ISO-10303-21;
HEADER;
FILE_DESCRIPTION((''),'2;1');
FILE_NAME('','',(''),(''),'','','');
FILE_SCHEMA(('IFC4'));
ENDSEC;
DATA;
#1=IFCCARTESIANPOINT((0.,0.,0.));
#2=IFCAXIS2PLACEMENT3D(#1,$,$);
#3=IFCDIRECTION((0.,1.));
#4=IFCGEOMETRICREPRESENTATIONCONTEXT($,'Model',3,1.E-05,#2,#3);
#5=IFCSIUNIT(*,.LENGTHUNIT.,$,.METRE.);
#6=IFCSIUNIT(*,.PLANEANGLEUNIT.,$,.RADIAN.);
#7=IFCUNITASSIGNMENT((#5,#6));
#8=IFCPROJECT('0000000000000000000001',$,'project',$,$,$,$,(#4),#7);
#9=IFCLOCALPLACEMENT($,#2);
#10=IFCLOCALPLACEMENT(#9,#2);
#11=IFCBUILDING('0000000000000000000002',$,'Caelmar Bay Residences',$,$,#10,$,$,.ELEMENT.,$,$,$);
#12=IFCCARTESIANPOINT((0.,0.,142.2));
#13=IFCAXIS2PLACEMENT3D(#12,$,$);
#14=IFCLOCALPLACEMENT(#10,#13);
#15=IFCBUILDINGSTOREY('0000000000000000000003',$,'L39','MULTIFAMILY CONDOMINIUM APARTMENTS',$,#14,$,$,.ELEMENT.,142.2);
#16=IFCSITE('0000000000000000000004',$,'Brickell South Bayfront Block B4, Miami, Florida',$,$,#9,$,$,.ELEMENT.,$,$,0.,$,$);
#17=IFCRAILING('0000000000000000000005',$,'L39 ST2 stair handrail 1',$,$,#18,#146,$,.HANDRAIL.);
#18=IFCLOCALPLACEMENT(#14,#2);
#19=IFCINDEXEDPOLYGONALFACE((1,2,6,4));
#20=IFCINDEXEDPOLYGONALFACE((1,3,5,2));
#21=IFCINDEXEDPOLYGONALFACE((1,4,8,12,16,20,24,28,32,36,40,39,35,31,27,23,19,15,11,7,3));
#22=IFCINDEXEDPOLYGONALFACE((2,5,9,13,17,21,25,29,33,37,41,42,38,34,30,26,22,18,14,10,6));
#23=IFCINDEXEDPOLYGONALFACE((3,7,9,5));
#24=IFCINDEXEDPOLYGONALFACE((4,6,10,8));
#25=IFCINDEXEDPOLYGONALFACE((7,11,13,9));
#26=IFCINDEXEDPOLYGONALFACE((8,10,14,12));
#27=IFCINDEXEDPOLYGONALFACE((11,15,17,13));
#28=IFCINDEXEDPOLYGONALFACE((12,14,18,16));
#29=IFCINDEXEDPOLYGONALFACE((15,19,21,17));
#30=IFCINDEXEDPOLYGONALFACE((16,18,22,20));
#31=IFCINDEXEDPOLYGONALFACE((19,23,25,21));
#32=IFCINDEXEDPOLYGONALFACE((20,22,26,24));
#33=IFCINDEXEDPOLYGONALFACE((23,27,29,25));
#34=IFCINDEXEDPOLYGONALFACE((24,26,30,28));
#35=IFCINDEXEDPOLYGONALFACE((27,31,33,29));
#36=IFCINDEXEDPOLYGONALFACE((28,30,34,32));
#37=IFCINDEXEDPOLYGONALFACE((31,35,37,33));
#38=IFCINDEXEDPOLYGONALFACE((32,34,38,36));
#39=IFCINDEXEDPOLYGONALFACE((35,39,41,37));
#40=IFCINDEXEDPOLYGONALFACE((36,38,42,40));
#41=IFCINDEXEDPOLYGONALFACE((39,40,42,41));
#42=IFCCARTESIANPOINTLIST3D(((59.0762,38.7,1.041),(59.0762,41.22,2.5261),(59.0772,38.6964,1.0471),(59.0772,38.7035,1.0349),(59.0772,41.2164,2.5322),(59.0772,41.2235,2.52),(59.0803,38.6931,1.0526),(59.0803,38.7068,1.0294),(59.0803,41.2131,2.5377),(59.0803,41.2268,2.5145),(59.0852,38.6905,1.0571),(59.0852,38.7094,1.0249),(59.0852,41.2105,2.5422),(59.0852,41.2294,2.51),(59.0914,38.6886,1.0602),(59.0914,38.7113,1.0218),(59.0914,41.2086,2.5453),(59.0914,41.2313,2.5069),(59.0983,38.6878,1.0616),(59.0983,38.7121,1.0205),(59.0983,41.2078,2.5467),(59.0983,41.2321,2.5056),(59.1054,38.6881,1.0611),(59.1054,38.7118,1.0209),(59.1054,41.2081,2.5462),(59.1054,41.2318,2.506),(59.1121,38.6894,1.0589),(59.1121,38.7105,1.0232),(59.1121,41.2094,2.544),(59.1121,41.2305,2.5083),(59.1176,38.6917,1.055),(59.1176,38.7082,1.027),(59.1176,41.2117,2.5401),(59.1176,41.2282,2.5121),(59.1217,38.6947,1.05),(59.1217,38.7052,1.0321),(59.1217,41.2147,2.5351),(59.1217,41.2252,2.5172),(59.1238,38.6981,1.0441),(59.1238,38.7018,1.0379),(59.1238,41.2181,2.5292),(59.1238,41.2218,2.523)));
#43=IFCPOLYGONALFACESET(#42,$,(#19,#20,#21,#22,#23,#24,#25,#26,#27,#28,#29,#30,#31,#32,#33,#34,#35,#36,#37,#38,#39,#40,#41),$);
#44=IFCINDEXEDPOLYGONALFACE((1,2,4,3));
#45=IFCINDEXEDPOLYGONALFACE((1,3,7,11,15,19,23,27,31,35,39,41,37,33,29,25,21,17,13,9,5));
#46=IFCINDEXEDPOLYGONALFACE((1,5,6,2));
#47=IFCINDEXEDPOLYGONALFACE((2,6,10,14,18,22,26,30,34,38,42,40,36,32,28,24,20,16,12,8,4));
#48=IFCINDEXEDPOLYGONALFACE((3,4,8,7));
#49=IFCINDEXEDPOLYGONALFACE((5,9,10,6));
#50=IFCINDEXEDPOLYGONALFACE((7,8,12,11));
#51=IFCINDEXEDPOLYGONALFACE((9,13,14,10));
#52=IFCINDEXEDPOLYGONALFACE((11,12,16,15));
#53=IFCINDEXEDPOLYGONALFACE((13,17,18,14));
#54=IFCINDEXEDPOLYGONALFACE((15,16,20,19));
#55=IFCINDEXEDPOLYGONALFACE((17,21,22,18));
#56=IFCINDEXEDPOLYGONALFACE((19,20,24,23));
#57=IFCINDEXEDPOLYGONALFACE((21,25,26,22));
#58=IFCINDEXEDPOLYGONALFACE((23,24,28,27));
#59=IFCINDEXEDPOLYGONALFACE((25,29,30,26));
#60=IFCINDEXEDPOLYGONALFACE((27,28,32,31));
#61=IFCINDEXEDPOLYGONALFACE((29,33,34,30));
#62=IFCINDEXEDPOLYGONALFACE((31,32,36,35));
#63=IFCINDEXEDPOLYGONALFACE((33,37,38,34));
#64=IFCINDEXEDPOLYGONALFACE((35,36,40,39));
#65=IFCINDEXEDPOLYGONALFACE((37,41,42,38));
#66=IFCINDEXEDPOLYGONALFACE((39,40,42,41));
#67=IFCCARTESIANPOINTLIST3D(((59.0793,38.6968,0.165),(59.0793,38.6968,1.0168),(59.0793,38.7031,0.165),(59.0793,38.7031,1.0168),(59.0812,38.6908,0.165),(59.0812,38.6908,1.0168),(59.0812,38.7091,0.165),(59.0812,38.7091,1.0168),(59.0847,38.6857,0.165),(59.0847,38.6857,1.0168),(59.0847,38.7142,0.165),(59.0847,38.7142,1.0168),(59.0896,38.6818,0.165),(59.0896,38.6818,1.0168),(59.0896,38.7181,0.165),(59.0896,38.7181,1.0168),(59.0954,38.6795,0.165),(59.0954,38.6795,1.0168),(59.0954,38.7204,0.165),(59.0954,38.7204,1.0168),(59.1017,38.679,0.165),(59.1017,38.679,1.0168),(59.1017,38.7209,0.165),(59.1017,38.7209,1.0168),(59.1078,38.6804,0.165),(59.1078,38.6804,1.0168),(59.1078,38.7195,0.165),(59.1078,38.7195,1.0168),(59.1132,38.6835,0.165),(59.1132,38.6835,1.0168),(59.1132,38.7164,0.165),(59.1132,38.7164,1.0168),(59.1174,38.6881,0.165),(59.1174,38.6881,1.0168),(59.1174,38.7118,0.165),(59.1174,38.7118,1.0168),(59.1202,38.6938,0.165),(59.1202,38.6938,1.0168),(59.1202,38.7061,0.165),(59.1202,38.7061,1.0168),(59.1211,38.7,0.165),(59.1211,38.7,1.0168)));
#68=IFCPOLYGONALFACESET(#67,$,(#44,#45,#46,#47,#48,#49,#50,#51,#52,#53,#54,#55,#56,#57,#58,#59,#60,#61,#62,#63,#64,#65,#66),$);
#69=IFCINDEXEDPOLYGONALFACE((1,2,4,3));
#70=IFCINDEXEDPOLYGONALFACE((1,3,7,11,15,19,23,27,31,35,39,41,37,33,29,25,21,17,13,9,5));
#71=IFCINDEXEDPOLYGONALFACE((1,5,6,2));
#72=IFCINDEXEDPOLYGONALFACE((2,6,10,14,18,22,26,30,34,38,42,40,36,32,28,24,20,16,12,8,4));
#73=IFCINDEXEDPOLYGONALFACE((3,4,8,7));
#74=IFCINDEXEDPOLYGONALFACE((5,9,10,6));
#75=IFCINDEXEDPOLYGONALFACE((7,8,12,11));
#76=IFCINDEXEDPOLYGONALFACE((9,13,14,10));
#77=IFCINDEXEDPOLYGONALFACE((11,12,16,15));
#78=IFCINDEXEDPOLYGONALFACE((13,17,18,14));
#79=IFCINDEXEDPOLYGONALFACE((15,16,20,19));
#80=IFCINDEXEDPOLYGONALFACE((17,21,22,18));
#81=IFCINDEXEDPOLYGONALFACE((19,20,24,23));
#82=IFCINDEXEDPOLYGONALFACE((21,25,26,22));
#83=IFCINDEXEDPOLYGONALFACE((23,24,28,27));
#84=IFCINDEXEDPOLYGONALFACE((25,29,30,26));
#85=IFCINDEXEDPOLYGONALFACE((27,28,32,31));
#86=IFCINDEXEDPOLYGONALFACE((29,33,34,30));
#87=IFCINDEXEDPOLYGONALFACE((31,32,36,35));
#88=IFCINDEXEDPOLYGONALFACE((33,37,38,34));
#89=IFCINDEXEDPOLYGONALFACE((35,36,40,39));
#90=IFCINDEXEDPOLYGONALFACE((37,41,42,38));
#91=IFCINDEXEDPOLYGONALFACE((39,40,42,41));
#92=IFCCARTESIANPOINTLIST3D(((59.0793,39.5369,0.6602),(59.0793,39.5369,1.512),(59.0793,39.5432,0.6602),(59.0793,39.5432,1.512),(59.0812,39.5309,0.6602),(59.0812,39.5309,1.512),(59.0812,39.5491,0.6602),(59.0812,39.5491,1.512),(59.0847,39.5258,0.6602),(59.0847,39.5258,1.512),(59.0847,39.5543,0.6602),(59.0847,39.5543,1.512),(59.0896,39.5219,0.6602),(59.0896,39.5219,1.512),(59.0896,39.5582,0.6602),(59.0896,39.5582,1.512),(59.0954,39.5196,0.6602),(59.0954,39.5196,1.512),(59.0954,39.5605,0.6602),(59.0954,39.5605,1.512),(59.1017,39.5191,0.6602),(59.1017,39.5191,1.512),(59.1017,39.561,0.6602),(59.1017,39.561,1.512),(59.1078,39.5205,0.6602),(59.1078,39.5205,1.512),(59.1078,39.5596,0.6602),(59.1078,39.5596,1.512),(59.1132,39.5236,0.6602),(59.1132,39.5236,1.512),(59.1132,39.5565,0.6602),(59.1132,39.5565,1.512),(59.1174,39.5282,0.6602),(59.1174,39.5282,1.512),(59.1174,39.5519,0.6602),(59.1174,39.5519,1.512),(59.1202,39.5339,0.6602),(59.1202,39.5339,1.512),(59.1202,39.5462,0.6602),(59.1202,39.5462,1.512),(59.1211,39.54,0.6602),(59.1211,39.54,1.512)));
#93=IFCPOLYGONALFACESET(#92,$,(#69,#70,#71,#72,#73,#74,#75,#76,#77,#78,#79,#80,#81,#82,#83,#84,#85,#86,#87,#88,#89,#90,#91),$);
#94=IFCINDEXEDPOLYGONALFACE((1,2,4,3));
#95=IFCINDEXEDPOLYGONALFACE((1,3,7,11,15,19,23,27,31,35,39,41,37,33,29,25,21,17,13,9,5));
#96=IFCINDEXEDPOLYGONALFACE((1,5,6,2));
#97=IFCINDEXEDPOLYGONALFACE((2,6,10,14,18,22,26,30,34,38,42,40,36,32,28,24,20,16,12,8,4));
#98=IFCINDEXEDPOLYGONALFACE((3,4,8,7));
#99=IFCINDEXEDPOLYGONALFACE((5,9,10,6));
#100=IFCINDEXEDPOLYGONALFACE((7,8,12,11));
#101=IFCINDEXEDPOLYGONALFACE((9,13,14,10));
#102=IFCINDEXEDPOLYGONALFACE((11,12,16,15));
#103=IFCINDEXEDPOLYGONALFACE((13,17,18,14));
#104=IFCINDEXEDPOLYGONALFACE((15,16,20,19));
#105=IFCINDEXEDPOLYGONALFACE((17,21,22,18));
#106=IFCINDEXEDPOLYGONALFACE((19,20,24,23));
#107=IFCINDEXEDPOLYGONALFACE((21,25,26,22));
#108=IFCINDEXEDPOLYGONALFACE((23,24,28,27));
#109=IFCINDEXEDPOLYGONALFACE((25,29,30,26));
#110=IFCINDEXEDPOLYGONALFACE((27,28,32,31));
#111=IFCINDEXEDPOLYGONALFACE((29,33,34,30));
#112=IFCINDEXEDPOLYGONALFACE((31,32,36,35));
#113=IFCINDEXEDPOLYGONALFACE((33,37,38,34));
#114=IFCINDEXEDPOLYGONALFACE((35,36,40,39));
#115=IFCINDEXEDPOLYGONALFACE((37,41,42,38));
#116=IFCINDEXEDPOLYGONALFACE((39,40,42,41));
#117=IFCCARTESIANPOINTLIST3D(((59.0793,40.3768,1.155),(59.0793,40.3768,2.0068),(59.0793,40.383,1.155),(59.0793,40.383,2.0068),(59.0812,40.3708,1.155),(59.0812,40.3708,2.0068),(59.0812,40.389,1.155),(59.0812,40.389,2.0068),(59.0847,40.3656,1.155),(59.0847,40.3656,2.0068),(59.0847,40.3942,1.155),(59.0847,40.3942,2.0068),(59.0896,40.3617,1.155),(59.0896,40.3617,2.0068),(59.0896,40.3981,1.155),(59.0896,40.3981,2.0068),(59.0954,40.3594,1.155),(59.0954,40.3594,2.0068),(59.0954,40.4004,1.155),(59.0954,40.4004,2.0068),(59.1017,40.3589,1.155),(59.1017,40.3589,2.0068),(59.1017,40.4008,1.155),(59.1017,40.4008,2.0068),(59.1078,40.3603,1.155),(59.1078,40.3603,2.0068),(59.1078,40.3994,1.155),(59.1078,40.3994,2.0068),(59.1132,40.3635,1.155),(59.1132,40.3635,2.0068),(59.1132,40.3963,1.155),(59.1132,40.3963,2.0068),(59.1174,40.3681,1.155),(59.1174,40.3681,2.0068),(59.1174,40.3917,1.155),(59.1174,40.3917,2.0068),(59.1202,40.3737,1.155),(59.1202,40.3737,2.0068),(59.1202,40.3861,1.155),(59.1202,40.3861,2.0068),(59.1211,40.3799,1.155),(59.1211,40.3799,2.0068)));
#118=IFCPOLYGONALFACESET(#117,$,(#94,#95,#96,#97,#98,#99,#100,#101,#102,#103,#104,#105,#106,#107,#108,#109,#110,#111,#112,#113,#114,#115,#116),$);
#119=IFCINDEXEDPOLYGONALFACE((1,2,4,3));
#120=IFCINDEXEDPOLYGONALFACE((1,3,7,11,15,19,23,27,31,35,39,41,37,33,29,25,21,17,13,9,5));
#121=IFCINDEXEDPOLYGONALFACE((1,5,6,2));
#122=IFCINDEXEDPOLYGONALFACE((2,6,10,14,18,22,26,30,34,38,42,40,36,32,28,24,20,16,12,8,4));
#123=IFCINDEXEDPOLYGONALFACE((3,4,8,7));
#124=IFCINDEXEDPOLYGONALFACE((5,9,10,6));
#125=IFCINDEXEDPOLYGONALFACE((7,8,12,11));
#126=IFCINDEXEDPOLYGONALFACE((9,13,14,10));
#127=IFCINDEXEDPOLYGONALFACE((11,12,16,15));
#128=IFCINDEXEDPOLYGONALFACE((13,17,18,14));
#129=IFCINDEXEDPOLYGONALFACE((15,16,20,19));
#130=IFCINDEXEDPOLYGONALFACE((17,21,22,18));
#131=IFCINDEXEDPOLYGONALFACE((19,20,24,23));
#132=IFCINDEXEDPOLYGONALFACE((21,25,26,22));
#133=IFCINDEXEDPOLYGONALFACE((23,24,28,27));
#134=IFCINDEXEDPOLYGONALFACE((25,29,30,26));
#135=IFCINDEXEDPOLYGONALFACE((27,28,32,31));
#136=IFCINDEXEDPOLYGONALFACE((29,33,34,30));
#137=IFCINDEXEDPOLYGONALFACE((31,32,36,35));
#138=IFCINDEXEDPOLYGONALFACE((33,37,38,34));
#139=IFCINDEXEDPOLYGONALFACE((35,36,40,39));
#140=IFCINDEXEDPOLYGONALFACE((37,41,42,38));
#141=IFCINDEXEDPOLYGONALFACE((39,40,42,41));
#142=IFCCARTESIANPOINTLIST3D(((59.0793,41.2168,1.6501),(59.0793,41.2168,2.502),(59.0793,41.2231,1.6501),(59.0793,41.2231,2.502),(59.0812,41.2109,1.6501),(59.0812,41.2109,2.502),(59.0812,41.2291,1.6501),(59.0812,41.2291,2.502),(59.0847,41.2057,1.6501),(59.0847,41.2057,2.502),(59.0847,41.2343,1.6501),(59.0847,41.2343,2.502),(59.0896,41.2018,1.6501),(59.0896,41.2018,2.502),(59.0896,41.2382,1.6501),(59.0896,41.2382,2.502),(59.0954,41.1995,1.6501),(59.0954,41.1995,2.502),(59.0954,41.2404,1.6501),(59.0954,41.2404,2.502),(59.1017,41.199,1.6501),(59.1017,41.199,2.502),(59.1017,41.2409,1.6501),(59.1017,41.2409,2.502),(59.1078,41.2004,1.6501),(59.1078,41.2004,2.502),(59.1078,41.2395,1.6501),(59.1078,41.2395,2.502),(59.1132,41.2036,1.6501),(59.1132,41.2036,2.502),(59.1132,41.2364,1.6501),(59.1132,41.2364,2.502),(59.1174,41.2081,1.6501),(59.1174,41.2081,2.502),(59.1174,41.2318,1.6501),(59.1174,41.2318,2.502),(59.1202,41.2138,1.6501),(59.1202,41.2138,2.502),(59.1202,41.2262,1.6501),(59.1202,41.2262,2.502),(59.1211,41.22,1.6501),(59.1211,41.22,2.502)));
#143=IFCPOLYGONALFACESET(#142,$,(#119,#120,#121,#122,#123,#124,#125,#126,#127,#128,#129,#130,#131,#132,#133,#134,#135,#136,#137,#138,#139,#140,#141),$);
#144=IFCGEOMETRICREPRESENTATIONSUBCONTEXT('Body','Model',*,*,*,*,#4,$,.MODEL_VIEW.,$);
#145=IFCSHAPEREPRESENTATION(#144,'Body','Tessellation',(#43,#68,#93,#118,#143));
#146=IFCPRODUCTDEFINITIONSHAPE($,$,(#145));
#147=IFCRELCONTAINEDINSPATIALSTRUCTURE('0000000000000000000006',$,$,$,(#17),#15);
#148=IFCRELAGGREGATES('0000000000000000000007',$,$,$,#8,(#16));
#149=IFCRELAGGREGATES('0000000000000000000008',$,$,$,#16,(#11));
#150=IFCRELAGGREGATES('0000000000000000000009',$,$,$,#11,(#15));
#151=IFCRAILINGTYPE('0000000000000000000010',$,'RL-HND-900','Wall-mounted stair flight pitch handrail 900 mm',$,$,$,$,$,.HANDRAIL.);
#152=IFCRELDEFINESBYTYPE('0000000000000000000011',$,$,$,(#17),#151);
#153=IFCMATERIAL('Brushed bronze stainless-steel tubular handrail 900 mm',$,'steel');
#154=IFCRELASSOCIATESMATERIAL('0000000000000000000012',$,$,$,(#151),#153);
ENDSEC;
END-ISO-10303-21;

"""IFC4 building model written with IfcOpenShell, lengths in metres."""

from ifc_helpers import new_model, si_unit, direction, frame, origin, origin_2d, place, context, subcontext, project, spatial, circle, extrude, material, type_object, element, save


model = new_model("IFC4")

# Units and contexts
model_context = context("Model", 3, precision=1e-05, world=origin(), true_north=direction((0.0, 1.0)))
body_context = subcontext(model_context, "Body", "Model", "MODEL_VIEW")
ifc_project = project(units=[si_unit("LENGTHUNIT", "METRE"), si_unit("PLANEANGLEUNIT", "RADIAN")], contexts=[model_context])

# Site, building, storey
site_placement = place(None, origin())
site = spatial("IfcSite", under=ifc_project, at=site_placement, Name="Brickell South Bayfront Block B4, Miami, Florida", CompositionType="ELEMENT", RefElevation=0.0)
building_placement = place(site_placement, origin())
building = spatial("IfcBuilding", under=site, at=building_placement, Name="Caelmar Bay Residences", CompositionType="ELEMENT")
storey_placement = place(building_placement, frame((0.0, 0.0, 142.2)))
storey = spatial("IfcBuildingStorey", under=building, at=storey_placement, Name="L39", Description="MULTIFAMILY CONDOMINIUM APARTMENTS", CompositionType="ELEMENT", Elevation=142.2)

# Railing
ifc_material_1 = material(Name="Brushed bronze stainless-steel tubular handrail 900 mm", Category="steel")
railing_type_1 = type_object("IfcRailingType", Name="RL-HND-900", Description="Wall-mounted stair flight pitch handrail 900 mm", PredefinedType="HANDRAIL", material=ifc_material_1)
railing_1_placement = place(storey_placement, frame((59.1001, 38.7, 0.165)))
element("IfcRailing", 1, at=railing_1_placement, inside=storey, type_object=railing_type_1, Name="L39 ST2 stair handrail 1", PredefinedType="HANDRAIL", context=body_context, shape_type="SweptSolid", body=[
    extrude(circle(Radius=0.0239, at=origin_2d()), frame((0.0, 0.0, 0.876), z_axis=(0.0, 0.861524, 0.507717), x_axis=(-1.0, 0.0, 0.0)), (0.0, 0.0, 1.0), 2.925),
    extrude(circle(Radius=0.021, at=origin_2d()), origin(), (0.0, 0.0, 1.0), 0.8518),
    extrude(circle(Radius=0.021, at=origin_2d()), frame((0.0, 0.8401, 0.4951)), (0.0, 0.0, 1.0), 0.8518),
    extrude(circle(Radius=0.021, at=origin_2d()), frame((0.0, 1.6799, 0.99)), (0.0, 0.0, 1.0), 0.8518),
    extrude(circle(Radius=0.021, at=origin_2d()), frame((0.0, 2.52, 1.4851)), (0.0, 0.0, 1.0), 0.8518),
])

save(model, "model.ifc")
